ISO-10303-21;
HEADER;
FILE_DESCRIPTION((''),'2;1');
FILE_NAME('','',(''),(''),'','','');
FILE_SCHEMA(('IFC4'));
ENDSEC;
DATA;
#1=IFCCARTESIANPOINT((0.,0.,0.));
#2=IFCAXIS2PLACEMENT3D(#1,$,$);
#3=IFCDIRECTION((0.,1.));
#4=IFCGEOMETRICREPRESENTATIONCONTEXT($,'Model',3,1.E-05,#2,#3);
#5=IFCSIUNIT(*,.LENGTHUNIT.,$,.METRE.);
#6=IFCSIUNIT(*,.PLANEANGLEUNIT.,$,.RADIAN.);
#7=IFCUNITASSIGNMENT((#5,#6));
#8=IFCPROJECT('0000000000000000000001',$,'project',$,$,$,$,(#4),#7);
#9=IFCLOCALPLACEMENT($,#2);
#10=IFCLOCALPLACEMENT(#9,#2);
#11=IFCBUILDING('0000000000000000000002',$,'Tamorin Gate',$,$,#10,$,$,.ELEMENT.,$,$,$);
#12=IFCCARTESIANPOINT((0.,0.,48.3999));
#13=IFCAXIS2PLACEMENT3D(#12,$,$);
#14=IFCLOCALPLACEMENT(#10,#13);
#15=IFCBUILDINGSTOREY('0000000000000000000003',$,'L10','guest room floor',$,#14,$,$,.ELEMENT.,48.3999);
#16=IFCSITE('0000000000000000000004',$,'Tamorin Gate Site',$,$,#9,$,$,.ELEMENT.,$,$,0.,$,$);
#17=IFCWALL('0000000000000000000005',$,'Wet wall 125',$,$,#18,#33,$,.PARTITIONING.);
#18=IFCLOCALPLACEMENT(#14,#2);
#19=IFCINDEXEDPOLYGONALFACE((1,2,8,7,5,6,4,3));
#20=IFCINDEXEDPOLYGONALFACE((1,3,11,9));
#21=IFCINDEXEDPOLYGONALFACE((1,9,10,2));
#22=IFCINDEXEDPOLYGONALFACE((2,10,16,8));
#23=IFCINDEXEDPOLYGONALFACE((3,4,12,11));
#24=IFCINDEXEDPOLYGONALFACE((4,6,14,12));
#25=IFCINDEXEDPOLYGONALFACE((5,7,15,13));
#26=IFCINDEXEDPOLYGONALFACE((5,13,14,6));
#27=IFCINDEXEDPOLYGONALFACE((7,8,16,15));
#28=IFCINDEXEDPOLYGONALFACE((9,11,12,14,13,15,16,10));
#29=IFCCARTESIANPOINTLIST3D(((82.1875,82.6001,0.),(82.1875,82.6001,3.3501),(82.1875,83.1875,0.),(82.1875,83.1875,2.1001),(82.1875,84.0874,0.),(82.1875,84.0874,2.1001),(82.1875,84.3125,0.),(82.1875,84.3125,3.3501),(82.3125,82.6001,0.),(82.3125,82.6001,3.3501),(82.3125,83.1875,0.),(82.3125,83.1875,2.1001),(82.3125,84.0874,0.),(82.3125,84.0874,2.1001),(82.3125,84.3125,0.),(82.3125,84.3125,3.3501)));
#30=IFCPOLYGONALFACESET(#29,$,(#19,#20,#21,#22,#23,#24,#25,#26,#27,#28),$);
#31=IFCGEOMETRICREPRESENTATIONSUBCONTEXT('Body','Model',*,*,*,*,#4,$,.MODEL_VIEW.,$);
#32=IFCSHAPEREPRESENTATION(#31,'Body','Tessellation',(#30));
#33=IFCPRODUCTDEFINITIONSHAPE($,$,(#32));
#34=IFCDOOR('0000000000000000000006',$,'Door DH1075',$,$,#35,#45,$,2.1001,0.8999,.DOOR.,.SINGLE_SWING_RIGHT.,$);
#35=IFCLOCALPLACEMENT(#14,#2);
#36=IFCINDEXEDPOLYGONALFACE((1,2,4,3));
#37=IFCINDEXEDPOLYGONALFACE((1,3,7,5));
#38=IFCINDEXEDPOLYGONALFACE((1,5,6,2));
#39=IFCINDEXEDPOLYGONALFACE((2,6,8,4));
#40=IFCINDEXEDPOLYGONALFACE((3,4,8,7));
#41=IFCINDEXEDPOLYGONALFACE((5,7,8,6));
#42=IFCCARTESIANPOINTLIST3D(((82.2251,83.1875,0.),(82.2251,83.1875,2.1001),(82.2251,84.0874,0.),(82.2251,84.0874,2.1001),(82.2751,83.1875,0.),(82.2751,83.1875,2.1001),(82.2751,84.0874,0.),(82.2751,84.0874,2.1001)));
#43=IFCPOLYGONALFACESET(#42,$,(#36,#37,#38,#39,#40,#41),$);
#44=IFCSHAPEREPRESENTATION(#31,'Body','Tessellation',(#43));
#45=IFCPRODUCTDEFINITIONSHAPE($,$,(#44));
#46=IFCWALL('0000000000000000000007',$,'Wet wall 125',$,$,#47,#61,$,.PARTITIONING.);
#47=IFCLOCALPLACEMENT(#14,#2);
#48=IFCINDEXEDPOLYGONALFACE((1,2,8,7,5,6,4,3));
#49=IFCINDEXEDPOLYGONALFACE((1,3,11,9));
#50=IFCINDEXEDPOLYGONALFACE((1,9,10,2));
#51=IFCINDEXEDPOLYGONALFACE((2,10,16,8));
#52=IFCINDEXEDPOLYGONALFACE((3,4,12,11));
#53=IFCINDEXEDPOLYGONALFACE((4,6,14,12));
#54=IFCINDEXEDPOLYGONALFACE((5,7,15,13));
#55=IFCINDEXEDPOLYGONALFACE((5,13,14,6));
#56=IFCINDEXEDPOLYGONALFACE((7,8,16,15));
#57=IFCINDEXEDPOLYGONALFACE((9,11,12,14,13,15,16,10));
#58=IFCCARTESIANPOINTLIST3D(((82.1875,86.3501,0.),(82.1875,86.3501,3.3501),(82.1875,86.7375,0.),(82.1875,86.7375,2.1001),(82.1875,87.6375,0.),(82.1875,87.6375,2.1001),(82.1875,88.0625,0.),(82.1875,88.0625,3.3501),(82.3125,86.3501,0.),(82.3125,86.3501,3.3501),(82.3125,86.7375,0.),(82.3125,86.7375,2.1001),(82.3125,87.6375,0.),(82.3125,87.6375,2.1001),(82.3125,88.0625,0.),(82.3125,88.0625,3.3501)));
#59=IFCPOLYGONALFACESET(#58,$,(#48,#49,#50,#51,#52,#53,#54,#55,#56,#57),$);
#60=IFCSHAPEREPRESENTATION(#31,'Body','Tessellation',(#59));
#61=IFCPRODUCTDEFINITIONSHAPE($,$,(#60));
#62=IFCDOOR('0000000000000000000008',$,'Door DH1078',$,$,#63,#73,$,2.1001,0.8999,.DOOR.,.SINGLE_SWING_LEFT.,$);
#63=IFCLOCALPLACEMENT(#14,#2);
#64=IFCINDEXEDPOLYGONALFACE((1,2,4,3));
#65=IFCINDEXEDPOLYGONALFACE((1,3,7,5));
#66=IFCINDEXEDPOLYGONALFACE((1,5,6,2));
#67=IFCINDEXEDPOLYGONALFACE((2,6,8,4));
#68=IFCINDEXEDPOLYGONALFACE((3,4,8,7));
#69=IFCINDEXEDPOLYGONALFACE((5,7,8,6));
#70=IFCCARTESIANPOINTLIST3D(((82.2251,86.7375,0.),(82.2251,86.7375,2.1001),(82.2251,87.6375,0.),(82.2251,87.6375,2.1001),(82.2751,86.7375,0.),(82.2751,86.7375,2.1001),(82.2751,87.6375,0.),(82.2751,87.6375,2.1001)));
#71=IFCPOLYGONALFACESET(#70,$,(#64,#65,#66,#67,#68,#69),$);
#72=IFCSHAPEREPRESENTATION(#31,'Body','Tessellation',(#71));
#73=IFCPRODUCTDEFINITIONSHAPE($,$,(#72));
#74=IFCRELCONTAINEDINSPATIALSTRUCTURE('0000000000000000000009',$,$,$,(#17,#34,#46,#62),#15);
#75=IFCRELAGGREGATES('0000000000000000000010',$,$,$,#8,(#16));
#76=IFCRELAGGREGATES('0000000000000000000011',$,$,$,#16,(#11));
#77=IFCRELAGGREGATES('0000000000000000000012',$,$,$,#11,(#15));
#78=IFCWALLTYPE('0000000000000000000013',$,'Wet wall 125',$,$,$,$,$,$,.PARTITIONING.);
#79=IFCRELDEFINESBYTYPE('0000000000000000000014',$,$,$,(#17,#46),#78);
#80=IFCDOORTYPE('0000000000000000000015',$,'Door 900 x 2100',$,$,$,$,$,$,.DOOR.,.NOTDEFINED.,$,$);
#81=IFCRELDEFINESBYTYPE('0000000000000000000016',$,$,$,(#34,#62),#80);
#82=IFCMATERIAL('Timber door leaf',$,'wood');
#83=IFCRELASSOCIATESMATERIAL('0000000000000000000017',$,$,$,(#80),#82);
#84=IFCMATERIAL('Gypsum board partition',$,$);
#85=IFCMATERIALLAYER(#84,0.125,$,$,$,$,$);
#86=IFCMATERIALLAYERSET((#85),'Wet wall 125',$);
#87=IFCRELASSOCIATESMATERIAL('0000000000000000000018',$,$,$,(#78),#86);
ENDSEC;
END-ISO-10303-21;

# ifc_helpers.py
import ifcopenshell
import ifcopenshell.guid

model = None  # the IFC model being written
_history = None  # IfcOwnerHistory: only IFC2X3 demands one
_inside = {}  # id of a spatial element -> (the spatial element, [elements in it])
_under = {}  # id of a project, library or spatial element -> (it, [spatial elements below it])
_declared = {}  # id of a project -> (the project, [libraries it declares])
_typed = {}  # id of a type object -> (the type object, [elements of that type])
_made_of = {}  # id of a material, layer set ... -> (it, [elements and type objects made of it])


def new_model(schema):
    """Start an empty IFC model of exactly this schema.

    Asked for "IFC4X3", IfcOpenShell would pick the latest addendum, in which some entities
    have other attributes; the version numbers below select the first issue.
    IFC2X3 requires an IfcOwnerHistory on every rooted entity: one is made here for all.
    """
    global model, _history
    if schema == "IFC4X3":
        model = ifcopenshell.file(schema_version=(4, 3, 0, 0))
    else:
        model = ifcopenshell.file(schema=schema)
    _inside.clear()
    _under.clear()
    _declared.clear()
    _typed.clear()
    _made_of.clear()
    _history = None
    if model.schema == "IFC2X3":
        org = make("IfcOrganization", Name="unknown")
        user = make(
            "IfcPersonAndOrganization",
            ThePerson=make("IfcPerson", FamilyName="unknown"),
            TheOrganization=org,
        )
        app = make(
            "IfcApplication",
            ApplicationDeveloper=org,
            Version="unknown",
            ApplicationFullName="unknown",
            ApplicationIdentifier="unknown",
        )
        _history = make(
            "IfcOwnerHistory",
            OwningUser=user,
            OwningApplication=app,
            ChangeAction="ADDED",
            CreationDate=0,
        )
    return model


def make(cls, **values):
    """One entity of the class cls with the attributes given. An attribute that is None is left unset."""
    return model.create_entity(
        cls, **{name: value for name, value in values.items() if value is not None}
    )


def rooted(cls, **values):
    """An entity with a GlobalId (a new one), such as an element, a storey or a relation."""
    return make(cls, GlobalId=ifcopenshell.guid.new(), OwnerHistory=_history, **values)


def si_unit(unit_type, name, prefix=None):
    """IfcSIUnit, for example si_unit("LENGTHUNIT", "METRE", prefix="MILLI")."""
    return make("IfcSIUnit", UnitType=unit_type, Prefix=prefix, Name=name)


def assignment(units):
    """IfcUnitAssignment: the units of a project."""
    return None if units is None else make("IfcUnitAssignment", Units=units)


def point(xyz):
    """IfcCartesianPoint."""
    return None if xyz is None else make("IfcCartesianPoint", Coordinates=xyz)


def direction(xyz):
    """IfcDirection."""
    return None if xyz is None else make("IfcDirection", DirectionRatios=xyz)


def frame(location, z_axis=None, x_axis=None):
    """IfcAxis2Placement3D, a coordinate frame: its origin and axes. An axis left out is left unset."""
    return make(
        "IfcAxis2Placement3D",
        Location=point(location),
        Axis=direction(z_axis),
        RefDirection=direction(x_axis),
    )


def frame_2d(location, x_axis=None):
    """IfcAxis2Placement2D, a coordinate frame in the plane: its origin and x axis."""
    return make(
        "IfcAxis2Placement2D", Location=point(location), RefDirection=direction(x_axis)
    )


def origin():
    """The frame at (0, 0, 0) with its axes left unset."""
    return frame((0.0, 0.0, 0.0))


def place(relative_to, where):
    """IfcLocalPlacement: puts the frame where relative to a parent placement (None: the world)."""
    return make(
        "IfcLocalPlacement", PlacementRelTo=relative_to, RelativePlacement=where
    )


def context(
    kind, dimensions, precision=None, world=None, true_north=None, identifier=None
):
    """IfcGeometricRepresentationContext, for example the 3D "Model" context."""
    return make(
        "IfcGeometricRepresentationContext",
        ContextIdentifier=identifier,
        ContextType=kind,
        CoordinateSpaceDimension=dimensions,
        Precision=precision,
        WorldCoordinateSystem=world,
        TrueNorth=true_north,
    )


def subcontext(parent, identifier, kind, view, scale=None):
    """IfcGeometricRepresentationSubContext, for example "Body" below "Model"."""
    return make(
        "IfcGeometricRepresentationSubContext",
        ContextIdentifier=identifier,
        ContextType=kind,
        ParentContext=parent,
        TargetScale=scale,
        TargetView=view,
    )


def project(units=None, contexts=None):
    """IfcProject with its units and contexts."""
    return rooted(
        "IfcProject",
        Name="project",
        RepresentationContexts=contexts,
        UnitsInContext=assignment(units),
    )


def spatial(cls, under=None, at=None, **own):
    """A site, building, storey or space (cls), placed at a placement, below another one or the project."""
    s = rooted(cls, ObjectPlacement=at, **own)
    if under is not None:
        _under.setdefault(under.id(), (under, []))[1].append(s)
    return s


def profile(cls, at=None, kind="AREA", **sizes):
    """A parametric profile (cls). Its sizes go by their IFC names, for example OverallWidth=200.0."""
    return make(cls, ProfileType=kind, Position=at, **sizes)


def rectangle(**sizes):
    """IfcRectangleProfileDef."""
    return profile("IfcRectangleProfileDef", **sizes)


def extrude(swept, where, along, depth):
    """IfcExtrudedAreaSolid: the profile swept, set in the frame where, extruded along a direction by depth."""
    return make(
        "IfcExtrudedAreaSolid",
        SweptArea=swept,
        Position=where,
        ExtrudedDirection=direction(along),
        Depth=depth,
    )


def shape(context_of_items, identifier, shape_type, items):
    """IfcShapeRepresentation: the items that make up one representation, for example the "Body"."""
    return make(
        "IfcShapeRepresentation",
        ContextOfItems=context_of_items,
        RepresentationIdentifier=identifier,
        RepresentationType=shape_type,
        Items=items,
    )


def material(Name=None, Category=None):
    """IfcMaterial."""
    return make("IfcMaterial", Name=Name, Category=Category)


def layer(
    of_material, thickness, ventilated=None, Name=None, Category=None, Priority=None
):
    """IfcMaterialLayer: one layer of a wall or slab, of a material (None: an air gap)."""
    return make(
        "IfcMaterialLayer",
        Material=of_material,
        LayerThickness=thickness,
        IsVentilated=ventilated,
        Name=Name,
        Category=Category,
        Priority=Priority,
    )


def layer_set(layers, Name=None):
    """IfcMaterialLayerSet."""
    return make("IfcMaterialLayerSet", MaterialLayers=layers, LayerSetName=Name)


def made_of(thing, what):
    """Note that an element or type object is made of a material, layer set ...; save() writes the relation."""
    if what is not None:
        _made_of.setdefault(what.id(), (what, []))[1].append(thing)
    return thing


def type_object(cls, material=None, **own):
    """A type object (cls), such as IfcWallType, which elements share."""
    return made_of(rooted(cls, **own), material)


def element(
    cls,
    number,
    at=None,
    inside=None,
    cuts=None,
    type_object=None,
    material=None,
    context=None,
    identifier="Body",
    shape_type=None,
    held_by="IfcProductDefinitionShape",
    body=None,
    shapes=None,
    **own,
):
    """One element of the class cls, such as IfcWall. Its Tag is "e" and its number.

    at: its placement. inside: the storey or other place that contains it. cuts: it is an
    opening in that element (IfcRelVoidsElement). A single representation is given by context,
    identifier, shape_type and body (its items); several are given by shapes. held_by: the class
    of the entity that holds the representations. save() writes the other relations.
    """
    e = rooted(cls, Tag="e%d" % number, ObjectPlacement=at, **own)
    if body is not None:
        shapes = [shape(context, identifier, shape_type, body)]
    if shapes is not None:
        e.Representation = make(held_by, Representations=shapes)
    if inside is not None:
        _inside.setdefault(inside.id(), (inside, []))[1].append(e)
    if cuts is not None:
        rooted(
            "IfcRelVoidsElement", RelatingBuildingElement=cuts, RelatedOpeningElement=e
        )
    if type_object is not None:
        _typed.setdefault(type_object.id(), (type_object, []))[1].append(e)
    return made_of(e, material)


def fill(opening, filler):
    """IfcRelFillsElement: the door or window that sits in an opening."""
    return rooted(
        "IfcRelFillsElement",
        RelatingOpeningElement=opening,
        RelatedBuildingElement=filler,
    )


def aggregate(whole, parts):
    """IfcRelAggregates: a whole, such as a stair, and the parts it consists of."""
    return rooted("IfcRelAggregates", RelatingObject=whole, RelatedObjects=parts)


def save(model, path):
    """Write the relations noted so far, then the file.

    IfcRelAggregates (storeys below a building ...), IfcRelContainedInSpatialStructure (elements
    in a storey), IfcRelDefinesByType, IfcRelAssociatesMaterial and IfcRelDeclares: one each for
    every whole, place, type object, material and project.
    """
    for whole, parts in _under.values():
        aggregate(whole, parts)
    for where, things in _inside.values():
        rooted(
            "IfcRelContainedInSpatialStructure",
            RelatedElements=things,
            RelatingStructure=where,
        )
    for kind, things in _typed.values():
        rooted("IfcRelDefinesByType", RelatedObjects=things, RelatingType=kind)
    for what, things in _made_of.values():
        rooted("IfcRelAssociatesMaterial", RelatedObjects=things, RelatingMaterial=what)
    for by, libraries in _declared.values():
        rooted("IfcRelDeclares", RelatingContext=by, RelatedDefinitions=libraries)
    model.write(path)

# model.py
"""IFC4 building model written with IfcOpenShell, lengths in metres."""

from ifc_helpers import new_model, si_unit, direction, frame, frame_2d, origin, place, context, subcontext, project, spatial, rectangle, extrude, material, layer, layer_set, type_object, element, fill, save


model = new_model("IFC4")

# Units and contexts
model_context = context("Model", 3, precision=1e-05, world=origin(), true_north=direction((0.0, 1.0)))
body_context = subcontext(model_context, "Body", "Model", "MODEL_VIEW")
ifc_project = project(units=[si_unit("LENGTHUNIT", "METRE"), si_unit("PLANEANGLEUNIT", "RADIAN")], contexts=[model_context])

# Site, building, storey
site_placement = place(None, origin())
site = spatial("IfcSite", under=ifc_project, at=site_placement, Name="Tamorin Gate Site", CompositionType="ELEMENT", RefElevation=0.0)
building_placement = place(site_placement, origin())
building = spatial("IfcBuilding", under=site, at=building_placement, Name="Tamorin Gate", CompositionType="ELEMENT")
storey_placement = place(building_placement, frame((0.0, 0.0, 48.3999)))
storey = spatial("IfcBuildingStorey", under=building, at=storey_placement, Name="L10", Description="guest room floor", CompositionType="ELEMENT", Elevation=48.3999)

# Walls, openings, doors
ifc_material_1 = material(Name="Gypsum board partition")
ifc_material_2 = material(Name="Timber door leaf", Category="wood")
door_type = type_object("IfcDoorType", Name="Door 900 x 2100", OperationType="NOTDEFINED", PredefinedType="DOOR", material=ifc_material_2)
ifc_layer_1 = layer(ifc_material_1, 0.125)
ifc_layer_set_1 = layer_set([ifc_layer_1], Name="Wet wall 125")
wall_type_1 = type_object("IfcWallType", Name="Wet wall 125", PredefinedType="PARTITIONING", material=ifc_layer_set_1)
wall_1_placement = place(storey_placement, frame((82.25, 82.6001, 0.0), z_axis=(0.0, 0.0, 1.0), x_axis=(0.0, 1.0, 0.0)))
wall_1 = element("IfcWall", 1, at=wall_1_placement, inside=storey, type_object=wall_type_1, Name="Wet wall 125", PredefinedType="PARTITIONING", context=body_context, shape_type="SweptSolid", body=[
    extrude(rectangle(XDim=1.7124, YDim=0.125, at=frame_2d((0.8562, 0.0))), origin(), (0.0, 0.0, 1.0), 3.3501),
])
opening_1_placement = place(wall_1_placement, frame((0.5874, 0.0, 0.0)))
opening_1 = element("IfcOpeningElement", 2, at=opening_1_placement, cuts=wall_1, PredefinedType="OPENING", context=body_context, shape_type="SweptSolid", body=[
    extrude(rectangle(XDim=0.8999, YDim=2.1001, at=frame_2d((0.45, 1.05))), frame((0.0, 0.0725, 0.0), z_axis=(0.0, -1.0, 0.0), x_axis=(1.0, 0.0, 0.0)), (0.0, 0.0, 1.0), 0.145),
])
door_1_placement = place(opening_1_placement, origin())
door_1 = element("IfcDoor", 3, at=door_1_placement, inside=storey, type_object=door_type, Name="Door DH1075", OperationType="SINGLE_SWING_RIGHT", OverallHeight=2.1001, OverallWidth=0.8999, PredefinedType="DOOR", context=body_context, shape_type="SweptSolid", body=[
    extrude(rectangle(XDim=0.8999, YDim=2.1001, at=frame_2d((0.45, 1.05))), frame((0.0, 0.0249, 0.0), z_axis=(0.0, -1.0, 0.0), x_axis=(1.0, 0.0, 0.0)), (0.0, 0.0, 1.0), 0.05),
])
fill(opening_1, door_1)
wall_2_placement = place(storey_placement, frame((82.25, 86.3501, 0.0), z_axis=(0.0, 0.0, 1.0), x_axis=(0.0, 1.0, 0.0)))
wall_2 = element("IfcWall", 4, at=wall_2_placement, inside=storey, type_object=wall_type_1, Name="Wet wall 125", PredefinedType="PARTITIONING", context=body_context, shape_type="SweptSolid", body=[
    extrude(rectangle(XDim=1.7124, YDim=0.125, at=frame_2d((0.8562, 0.0))), origin(), (0.0, 0.0, 1.0), 3.3501),
])
opening_2_placement = place(wall_2_placement, frame((0.3875, 0.0, 0.0)))
opening_2 = element("IfcOpeningElement", 5, at=opening_2_placement, cuts=wall_2, PredefinedType="OPENING", context=body_context, shape_type="SweptSolid", body=[
    extrude(rectangle(XDim=0.8999, YDim=2.1001, at=frame_2d((0.45, 1.05))), frame((0.0, 0.0725, 0.0), z_axis=(0.0, -1.0, 0.0), x_axis=(1.0, 0.0, 0.0)), (0.0, 0.0, 1.0), 0.145),
])
door_2_placement = place(opening_2_placement, origin())
door_2 = element("IfcDoor", 6, at=door_2_placement, inside=storey, type_object=door_type, Name="Door DH1078", OperationType="SINGLE_SWING_LEFT", OverallHeight=2.1001, OverallWidth=0.8999, PredefinedType="DOOR", context=body_context, shape_type="SweptSolid", body=[
    extrude(rectangle(XDim=0.8999, YDim=2.1001, at=frame_2d((0.45, 1.05))), frame((0.0, 0.0249, 0.0), z_axis=(0.0, -1.0, 0.0), x_axis=(1.0, 0.0, 0.0)), (0.0, 0.0, 1.0), 0.05),
])
fill(opening_2, door_2)

save(model, "model.ifc")
